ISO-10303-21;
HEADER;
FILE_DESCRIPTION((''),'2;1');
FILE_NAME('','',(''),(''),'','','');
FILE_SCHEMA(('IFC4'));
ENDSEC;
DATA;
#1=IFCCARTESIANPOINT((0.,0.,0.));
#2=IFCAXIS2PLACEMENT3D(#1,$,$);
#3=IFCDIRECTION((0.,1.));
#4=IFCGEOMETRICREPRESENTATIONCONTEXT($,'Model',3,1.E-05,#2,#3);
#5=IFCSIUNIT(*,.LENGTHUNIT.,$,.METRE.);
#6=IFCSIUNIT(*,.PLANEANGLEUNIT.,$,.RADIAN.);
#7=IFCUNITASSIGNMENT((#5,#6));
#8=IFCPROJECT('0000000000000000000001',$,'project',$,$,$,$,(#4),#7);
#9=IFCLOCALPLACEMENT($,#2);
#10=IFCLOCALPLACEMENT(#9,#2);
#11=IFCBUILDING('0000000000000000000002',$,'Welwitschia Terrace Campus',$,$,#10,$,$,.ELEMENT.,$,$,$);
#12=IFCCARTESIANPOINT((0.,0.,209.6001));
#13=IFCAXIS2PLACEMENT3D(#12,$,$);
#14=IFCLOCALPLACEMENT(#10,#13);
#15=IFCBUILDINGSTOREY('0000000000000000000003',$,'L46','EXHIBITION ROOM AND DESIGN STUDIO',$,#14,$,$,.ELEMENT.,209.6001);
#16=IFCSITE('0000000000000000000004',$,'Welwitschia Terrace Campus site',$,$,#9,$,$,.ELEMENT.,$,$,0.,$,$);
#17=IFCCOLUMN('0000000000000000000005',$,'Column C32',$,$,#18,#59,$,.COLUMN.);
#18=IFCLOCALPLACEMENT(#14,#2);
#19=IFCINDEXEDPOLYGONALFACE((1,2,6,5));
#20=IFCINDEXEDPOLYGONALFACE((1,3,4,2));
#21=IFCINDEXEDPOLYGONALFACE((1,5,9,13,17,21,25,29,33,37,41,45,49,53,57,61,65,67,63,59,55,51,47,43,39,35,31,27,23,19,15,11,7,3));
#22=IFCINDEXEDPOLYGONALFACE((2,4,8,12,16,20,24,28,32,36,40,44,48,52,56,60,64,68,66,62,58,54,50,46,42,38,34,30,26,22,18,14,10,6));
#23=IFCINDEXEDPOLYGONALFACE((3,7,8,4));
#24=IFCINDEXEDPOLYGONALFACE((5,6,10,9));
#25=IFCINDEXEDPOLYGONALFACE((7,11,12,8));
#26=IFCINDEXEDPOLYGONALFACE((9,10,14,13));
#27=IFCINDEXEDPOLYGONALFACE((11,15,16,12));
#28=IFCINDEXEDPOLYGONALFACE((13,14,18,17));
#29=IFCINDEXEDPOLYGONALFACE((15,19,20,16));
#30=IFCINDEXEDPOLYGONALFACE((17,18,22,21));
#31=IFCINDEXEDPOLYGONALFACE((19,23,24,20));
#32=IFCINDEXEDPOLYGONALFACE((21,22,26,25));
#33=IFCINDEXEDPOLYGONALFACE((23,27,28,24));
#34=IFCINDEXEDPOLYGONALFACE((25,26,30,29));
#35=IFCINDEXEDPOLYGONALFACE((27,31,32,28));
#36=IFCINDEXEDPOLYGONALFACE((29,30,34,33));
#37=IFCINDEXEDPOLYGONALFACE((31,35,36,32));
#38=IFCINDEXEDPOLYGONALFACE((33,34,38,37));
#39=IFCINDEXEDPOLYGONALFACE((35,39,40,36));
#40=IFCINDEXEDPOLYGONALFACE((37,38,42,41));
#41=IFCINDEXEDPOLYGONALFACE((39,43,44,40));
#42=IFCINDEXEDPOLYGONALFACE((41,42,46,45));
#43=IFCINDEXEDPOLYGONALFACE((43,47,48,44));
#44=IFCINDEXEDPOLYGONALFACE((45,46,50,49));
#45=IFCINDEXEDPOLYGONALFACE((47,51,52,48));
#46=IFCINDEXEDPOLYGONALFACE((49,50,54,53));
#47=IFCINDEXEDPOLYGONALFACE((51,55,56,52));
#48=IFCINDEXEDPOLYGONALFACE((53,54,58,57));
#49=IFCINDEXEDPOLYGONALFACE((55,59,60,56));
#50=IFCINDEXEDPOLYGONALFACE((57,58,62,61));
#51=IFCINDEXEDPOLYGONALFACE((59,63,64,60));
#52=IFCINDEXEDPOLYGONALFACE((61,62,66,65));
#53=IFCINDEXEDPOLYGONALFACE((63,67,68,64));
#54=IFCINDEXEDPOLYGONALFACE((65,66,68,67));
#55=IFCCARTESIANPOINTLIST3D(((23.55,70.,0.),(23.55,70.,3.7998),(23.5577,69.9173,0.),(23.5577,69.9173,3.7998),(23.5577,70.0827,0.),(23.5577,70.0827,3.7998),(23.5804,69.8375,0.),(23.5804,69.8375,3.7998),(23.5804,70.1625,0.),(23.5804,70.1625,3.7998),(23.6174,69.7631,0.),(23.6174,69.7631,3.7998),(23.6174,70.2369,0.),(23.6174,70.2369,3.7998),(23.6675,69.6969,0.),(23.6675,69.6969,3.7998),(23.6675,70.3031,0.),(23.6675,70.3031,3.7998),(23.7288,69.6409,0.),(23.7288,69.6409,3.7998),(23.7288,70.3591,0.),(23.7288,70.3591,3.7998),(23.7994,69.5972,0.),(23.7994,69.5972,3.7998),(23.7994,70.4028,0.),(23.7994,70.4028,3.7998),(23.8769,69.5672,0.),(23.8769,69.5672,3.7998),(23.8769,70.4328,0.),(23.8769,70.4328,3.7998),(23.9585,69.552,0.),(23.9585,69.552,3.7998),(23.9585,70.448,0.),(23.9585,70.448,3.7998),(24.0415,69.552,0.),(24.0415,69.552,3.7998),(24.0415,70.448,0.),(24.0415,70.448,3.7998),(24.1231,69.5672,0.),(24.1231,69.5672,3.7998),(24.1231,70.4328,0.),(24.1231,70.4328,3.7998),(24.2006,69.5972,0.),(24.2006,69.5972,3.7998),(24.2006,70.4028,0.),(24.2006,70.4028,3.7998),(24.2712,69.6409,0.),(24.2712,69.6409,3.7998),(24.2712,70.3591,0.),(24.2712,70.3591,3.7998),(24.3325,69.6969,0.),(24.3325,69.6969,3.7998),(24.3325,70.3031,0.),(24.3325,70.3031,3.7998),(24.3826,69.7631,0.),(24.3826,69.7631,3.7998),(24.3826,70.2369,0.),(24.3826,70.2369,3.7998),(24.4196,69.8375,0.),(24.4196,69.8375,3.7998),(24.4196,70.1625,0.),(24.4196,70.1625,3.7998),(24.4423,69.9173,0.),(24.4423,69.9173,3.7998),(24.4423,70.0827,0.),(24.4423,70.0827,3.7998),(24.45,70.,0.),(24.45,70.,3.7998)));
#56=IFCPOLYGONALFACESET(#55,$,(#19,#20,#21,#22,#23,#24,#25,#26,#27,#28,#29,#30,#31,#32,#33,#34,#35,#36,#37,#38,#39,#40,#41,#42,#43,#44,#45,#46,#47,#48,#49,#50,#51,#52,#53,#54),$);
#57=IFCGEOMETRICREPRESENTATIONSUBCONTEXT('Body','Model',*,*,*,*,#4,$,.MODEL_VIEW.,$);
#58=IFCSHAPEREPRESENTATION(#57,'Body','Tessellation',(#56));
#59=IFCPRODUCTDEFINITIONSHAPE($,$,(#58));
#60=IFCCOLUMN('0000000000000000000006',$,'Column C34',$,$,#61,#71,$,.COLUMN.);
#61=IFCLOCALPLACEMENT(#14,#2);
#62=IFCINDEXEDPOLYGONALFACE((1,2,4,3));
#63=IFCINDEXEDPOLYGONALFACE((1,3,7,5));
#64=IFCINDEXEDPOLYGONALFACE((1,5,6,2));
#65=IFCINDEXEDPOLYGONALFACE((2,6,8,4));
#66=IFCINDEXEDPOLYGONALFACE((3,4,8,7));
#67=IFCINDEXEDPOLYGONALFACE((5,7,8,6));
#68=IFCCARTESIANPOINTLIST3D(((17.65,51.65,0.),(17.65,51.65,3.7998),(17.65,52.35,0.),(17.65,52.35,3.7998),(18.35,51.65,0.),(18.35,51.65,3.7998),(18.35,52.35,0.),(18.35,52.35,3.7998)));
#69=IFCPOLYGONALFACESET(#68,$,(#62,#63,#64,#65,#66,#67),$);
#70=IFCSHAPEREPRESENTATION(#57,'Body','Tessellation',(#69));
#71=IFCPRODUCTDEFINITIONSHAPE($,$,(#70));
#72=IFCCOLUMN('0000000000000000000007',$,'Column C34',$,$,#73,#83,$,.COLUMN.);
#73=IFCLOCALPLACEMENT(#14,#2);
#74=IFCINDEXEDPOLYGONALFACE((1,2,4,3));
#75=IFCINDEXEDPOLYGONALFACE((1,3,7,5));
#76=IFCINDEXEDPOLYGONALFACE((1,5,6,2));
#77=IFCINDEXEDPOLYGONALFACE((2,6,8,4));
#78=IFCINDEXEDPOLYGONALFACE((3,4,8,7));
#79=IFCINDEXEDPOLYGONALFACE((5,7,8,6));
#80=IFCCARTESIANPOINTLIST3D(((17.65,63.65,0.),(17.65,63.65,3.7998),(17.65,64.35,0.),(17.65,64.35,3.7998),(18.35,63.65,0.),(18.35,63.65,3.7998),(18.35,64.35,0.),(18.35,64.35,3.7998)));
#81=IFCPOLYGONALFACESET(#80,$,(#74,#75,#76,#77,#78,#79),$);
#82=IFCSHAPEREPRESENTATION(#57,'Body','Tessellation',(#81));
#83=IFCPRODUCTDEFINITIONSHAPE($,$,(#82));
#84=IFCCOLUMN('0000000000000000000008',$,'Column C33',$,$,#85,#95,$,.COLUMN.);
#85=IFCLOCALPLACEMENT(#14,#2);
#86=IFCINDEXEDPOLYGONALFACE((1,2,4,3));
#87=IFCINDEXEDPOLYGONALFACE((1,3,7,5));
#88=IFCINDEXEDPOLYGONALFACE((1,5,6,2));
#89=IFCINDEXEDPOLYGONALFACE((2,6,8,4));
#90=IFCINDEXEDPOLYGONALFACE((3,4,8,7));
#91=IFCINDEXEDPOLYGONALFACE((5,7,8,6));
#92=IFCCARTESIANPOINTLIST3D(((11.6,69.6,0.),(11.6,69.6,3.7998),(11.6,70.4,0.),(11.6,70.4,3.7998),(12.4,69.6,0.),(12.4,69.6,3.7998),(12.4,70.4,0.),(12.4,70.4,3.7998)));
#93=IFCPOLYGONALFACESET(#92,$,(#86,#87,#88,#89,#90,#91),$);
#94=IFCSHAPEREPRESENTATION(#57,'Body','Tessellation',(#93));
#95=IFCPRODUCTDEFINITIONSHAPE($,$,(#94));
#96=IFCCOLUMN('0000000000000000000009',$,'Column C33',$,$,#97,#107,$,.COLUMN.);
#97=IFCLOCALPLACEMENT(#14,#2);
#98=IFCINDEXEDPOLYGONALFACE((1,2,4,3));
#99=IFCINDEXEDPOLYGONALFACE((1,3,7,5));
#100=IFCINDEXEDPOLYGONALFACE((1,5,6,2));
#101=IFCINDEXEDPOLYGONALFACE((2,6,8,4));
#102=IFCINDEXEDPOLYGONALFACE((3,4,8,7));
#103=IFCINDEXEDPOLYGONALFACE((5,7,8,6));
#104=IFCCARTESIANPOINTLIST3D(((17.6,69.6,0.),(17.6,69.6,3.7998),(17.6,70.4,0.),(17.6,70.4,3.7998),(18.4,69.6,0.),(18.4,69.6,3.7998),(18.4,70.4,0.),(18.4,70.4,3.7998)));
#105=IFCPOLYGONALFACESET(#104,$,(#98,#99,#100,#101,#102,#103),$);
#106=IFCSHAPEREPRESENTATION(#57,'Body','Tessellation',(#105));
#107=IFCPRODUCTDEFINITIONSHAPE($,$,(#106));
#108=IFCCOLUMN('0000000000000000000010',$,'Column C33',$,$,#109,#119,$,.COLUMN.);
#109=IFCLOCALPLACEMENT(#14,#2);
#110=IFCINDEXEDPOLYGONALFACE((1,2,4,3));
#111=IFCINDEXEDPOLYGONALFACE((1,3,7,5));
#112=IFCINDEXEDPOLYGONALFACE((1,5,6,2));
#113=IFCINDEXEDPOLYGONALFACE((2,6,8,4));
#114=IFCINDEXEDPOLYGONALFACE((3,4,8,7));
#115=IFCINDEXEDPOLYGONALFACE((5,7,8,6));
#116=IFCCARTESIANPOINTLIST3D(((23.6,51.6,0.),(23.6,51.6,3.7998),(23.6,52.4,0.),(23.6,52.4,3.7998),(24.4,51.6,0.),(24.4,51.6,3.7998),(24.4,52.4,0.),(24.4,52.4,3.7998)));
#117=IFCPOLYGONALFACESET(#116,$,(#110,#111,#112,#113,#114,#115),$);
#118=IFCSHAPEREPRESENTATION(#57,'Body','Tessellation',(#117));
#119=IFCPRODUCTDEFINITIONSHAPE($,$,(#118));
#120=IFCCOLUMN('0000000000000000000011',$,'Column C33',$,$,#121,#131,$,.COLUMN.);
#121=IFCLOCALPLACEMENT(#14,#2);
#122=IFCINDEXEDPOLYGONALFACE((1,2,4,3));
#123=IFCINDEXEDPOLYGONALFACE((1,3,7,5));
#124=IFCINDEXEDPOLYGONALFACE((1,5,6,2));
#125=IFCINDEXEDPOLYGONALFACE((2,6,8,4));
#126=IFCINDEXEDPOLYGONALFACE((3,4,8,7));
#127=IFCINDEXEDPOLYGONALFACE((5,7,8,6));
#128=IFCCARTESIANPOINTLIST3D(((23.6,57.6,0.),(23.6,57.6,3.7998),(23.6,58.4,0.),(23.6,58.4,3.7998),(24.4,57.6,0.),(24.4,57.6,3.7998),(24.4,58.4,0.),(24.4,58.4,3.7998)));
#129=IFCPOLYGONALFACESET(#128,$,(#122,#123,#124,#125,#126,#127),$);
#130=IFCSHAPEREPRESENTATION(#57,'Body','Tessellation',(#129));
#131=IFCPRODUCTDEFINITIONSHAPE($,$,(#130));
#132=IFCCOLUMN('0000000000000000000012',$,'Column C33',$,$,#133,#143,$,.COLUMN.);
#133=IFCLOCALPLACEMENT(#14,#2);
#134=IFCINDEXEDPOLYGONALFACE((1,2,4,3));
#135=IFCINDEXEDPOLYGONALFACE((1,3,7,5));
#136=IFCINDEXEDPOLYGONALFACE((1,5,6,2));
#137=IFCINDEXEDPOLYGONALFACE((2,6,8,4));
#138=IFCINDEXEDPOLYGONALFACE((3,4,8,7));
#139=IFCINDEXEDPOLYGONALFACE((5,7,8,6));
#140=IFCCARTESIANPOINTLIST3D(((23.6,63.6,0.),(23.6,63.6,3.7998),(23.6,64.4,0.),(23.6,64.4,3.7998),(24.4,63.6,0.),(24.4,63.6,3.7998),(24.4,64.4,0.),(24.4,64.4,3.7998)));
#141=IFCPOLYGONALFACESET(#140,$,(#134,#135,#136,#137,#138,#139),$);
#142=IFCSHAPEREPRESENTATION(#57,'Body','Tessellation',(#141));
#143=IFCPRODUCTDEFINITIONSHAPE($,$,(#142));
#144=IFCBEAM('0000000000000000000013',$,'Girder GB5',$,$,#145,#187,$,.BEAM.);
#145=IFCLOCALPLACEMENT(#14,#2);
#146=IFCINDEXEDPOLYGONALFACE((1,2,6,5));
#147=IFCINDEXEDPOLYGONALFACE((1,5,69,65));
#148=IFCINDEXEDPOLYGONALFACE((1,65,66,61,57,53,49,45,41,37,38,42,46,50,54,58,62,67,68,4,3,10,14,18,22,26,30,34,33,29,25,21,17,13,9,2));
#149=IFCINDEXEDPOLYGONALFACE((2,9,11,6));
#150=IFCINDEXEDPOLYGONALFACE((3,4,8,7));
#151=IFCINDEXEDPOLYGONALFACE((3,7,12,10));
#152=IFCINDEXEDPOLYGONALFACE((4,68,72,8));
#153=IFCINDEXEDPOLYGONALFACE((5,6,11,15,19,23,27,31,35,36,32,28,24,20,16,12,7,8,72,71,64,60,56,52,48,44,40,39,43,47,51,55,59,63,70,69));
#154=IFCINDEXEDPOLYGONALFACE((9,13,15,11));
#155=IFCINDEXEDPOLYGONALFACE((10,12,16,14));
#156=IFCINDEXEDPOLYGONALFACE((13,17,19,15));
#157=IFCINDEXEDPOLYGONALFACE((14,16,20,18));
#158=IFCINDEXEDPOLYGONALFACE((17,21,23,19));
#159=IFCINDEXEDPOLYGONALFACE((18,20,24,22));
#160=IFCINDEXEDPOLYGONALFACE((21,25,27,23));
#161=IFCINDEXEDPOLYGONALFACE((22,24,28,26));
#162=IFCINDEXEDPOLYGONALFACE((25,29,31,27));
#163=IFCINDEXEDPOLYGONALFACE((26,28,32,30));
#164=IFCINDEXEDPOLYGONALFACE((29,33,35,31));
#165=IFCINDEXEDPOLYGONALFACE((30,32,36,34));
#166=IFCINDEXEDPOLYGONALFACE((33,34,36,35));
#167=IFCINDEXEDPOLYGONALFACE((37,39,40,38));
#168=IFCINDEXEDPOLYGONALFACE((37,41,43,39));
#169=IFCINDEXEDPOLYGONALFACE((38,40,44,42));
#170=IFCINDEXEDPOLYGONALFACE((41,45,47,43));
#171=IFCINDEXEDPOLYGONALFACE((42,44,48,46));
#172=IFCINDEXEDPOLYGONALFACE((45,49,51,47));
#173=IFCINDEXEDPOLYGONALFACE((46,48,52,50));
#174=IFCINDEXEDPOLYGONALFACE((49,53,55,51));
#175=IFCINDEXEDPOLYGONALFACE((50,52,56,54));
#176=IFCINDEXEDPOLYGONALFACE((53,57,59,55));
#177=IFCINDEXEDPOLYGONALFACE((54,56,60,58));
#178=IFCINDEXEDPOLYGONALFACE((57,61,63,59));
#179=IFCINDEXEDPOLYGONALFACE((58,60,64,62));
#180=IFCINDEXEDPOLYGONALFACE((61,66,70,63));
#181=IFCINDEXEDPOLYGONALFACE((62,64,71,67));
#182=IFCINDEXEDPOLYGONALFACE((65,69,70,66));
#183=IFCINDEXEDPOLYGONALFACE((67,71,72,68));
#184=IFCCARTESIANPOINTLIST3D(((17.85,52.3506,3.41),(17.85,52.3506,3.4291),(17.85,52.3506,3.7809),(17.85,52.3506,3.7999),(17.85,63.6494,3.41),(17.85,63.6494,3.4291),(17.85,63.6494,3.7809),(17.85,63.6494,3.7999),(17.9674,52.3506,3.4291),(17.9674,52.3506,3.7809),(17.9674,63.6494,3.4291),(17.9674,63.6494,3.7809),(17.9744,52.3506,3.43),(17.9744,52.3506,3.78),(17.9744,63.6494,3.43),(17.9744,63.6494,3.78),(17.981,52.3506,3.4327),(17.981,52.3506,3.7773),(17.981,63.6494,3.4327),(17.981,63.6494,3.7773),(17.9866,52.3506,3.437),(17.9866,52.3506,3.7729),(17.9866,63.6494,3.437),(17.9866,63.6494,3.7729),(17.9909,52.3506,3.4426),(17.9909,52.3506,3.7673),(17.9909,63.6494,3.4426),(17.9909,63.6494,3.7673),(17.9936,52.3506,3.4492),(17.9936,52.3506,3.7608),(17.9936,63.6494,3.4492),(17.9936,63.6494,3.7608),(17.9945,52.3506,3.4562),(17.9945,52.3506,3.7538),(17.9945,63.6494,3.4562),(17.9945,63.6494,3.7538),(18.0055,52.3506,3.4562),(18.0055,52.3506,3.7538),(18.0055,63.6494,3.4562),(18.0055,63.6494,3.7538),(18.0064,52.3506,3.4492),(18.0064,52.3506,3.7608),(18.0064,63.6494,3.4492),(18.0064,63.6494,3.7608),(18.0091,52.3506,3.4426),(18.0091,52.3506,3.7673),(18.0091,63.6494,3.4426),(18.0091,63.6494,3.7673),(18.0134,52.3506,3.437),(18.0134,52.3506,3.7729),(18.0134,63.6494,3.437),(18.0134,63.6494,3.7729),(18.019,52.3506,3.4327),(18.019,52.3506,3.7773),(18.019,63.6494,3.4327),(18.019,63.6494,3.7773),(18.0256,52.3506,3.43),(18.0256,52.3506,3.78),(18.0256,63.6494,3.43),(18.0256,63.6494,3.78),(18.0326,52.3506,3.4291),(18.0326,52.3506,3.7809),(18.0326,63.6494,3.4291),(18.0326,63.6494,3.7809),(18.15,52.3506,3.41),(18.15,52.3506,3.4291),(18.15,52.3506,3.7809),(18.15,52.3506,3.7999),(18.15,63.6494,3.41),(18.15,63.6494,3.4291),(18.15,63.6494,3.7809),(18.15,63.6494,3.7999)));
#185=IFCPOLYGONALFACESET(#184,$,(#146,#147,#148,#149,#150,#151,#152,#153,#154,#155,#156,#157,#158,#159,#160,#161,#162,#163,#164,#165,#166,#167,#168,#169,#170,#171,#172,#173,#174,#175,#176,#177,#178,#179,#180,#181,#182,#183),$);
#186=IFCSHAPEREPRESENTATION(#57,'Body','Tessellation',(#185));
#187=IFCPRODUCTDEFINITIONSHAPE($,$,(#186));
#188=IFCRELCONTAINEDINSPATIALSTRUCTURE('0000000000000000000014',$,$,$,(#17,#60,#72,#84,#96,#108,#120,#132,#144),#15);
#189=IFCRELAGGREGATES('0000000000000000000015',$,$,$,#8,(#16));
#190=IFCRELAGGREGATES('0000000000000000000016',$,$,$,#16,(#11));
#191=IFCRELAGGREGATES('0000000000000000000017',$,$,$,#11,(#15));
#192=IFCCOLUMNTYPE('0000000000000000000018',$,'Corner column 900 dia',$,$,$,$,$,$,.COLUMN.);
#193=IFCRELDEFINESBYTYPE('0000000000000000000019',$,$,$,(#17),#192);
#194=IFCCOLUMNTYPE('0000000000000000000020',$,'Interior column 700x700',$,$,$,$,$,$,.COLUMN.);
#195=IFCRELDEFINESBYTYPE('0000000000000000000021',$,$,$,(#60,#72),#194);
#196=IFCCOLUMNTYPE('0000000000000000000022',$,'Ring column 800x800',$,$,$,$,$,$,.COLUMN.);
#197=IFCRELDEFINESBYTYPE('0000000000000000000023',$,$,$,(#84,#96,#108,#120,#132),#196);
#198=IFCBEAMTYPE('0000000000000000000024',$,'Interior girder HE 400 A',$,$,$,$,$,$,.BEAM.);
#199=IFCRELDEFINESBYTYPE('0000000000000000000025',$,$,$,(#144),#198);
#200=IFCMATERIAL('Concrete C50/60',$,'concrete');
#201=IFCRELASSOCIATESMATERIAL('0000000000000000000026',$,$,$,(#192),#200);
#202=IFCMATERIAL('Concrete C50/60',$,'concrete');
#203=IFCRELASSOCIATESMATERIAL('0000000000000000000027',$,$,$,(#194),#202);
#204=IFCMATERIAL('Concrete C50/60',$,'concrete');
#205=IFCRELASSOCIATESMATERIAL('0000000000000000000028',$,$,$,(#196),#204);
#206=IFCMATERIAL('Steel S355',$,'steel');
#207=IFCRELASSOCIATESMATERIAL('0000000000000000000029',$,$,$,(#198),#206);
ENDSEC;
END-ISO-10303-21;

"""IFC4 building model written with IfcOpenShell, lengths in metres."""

from ifc_helpers import new_model, si_unit, direction, frame, origin, origin_2d, place, context, subcontext, project, spatial, rectangle, circle, i_section, extrude, material, material_profile, profile_set, type_object, element, save


model = new_model("IFC4")

# Units and contexts
model_context = context("Model", 3, precision=1e-05, world=origin(), true_north=direction((0.0, 1.0)))
body_context = subcontext(model_context, "Body", "Model", "MODEL_VIEW")
ifc_project = project(units=[si_unit("LENGTHUNIT", "METRE"), si_unit("PLANEANGLEUNIT", "RADIAN")], contexts=[model_context])

# Site, building, storey
site_placement = place(None, origin())
site = spatial("IfcSite", under=ifc_project, at=site_placement, Name="Welwitschia Terrace Campus site", CompositionType="ELEMENT", RefElevation=0.0)
building_placement = place(site_placement, origin())
building = spatial("IfcBuilding", under=site, at=building_placement, Name="Welwitschia Terrace Campus", CompositionType="ELEMENT")
storey_placement = place(building_placement, frame((0.0, 0.0, 209.6001)))
storey = spatial("IfcBuildingStorey", under=building, at=storey_placement, Name="L46", Description="EXHIBITION ROOM AND DESIGN STUDIO", CompositionType="ELEMENT", Elevation=209.6001)

# Columns
ifc_material_1 = material(Name="Concrete C50/60", Category="concrete")
ifc_material_profile_1 = material_profile(ifc_material_1, circle(Radius=0.45, at=origin_2d()))
ifc_profile_set_1 = profile_set([ifc_material_profile_1], Name="Concrete C50/60")
column_type_1 = type_object("IfcColumnType", Name="Corner column 900 dia", PredefinedType="COLUMN", material=ifc_profile_set_1)
column_placement = place(storey_placement, frame((24.0, 70.0, 0.0), z_axis=(0.0, 0.0, 1.0), x_axis=(1.0, 0.0, 0.0)))
element("IfcColumn", 1, at=column_placement, inside=storey, type_object=column_type_1, Name="Column C32", PredefinedType="COLUMN", context=body_context, shape_type="SweptSolid", body=[
    extrude(circle(Radius=0.45, at=origin_2d()), origin(), (0.0, 0.0, 1.0), 3.7998),
])
ifc_material_2 = material(Name="Concrete C50/60", Category="concrete")
ifc_material_profile_2 = material_profile(ifc_material_2, rectangle(XDim=0.7, YDim=0.7, at=origin_2d()))
ifc_profile_set_2 = profile_set([ifc_material_profile_2], Name="Concrete C50/60")
column_type_2 = type_object("IfcColumnType", Name="Interior column 700x700", PredefinedType="COLUMN", material=ifc_profile_set_2)
for number, where, z_axis, x_axis, name in (
    (2, (18.0, 52.0, 0.0), (0.0, 0.0, 1.0), (1.0, 0.0, 0.0), "Column C34"),
    (3, (18.0, 64.0, 0.0), (0.0, 0.0, 1.0), (1.0, 0.0, 0.0), "Column C34"),
):
    element("IfcColumn", number, at=place(storey_placement, frame(where, z_axis=z_axis, x_axis=x_axis)), inside=storey, type_object=column_type_2, Name=name, PredefinedType="COLUMN", context=body_context, shape_type="SweptSolid", body=[
        extrude(rectangle(XDim=0.7, YDim=0.7, at=origin_2d()), origin(), (0.0, 0.0, 1.0), 3.7998),
    ])
ifc_material_3 = material(Name="Concrete C50/60", Category="concrete")
ifc_material_profile_3 = material_profile(ifc_material_3, rectangle(XDim=0.8, YDim=0.8, at=origin_2d()))
ifc_profile_set_3 = profile_set([ifc_material_profile_3], Name="Concrete C50/60")
column_type_3 = type_object("IfcColumnType", Name="Ring column 800x800", PredefinedType="COLUMN", material=ifc_profile_set_3)
for number, where, z_axis, x_axis, name in (
    (4, (12.0, 70.0, 0.0), (0.0, 0.0, 1.0), (1.0, 0.0, 0.0), "Column C33"),
    (5, (18.0, 70.0, 0.0), (0.0, 0.0, 1.0), (1.0, 0.0, 0.0), "Column C33"),
    (6, (24.0, 52.0, 0.0), (0.0, 0.0, 1.0), (1.0, 0.0, 0.0), "Column C33"),
    (7, (24.0, 58.0, 0.0), (0.0, 0.0, 1.0), (1.0, 0.0, 0.0), "Column C33"),
    (8, (24.0, 64.0, 0.0), (0.0, 0.0, 1.0), (1.0, 0.0, 0.0), "Column C33"),
):
    element("IfcColumn", number, at=place(storey_placement, frame(where, z_axis=z_axis, x_axis=x_axis)), inside=storey, type_object=column_type_3, Name=name, PredefinedType="COLUMN", context=body_context, shape_type="SweptSolid", body=[
        extrude(rectangle(XDim=0.8, YDim=0.8, at=origin_2d()), origin(), (0.0, 0.0, 1.0), 3.7998),
    ])

# Beam
ifc_material_4 = material(Name="Steel S355", Category="steel")
ifc_material_profile_4 = material_profile(ifc_material_4, i_section(OverallWidth=0.3, OverallDepth=0.3899, WebThickness=0.011, FlangeThickness=0.019, FilletRadius=0.0271, at=origin_2d()))
ifc_profile_set_4 = profile_set([ifc_material_profile_4], Name="Steel S355")
beam_type_1 = type_object("IfcBeamType", Name="Interior girder HE 400 A", PredefinedType="BEAM", material=ifc_profile_set_4)
beam_1_placement = place(storey_placement, frame((18.0, 52.3506, 3.605), z_axis=(0.0, 1.0, 0.0), x_axis=(-1.0, 0.0, 0.0)))
element("IfcBeam", 9, at=beam_1_placement, inside=storey, type_object=beam_type_1, Name="Girder GB5", PredefinedType="BEAM", context=body_context, shape_type="SweptSolid", body=[
    extrude(i_section(OverallWidth=0.3, OverallDepth=0.3899, WebThickness=0.011, FlangeThickness=0.019, FilletRadius=0.0271, at=origin_2d()), origin(), (0.0, 0.0, 1.0), 11.2988),
])

save(model, "model.ifc")
